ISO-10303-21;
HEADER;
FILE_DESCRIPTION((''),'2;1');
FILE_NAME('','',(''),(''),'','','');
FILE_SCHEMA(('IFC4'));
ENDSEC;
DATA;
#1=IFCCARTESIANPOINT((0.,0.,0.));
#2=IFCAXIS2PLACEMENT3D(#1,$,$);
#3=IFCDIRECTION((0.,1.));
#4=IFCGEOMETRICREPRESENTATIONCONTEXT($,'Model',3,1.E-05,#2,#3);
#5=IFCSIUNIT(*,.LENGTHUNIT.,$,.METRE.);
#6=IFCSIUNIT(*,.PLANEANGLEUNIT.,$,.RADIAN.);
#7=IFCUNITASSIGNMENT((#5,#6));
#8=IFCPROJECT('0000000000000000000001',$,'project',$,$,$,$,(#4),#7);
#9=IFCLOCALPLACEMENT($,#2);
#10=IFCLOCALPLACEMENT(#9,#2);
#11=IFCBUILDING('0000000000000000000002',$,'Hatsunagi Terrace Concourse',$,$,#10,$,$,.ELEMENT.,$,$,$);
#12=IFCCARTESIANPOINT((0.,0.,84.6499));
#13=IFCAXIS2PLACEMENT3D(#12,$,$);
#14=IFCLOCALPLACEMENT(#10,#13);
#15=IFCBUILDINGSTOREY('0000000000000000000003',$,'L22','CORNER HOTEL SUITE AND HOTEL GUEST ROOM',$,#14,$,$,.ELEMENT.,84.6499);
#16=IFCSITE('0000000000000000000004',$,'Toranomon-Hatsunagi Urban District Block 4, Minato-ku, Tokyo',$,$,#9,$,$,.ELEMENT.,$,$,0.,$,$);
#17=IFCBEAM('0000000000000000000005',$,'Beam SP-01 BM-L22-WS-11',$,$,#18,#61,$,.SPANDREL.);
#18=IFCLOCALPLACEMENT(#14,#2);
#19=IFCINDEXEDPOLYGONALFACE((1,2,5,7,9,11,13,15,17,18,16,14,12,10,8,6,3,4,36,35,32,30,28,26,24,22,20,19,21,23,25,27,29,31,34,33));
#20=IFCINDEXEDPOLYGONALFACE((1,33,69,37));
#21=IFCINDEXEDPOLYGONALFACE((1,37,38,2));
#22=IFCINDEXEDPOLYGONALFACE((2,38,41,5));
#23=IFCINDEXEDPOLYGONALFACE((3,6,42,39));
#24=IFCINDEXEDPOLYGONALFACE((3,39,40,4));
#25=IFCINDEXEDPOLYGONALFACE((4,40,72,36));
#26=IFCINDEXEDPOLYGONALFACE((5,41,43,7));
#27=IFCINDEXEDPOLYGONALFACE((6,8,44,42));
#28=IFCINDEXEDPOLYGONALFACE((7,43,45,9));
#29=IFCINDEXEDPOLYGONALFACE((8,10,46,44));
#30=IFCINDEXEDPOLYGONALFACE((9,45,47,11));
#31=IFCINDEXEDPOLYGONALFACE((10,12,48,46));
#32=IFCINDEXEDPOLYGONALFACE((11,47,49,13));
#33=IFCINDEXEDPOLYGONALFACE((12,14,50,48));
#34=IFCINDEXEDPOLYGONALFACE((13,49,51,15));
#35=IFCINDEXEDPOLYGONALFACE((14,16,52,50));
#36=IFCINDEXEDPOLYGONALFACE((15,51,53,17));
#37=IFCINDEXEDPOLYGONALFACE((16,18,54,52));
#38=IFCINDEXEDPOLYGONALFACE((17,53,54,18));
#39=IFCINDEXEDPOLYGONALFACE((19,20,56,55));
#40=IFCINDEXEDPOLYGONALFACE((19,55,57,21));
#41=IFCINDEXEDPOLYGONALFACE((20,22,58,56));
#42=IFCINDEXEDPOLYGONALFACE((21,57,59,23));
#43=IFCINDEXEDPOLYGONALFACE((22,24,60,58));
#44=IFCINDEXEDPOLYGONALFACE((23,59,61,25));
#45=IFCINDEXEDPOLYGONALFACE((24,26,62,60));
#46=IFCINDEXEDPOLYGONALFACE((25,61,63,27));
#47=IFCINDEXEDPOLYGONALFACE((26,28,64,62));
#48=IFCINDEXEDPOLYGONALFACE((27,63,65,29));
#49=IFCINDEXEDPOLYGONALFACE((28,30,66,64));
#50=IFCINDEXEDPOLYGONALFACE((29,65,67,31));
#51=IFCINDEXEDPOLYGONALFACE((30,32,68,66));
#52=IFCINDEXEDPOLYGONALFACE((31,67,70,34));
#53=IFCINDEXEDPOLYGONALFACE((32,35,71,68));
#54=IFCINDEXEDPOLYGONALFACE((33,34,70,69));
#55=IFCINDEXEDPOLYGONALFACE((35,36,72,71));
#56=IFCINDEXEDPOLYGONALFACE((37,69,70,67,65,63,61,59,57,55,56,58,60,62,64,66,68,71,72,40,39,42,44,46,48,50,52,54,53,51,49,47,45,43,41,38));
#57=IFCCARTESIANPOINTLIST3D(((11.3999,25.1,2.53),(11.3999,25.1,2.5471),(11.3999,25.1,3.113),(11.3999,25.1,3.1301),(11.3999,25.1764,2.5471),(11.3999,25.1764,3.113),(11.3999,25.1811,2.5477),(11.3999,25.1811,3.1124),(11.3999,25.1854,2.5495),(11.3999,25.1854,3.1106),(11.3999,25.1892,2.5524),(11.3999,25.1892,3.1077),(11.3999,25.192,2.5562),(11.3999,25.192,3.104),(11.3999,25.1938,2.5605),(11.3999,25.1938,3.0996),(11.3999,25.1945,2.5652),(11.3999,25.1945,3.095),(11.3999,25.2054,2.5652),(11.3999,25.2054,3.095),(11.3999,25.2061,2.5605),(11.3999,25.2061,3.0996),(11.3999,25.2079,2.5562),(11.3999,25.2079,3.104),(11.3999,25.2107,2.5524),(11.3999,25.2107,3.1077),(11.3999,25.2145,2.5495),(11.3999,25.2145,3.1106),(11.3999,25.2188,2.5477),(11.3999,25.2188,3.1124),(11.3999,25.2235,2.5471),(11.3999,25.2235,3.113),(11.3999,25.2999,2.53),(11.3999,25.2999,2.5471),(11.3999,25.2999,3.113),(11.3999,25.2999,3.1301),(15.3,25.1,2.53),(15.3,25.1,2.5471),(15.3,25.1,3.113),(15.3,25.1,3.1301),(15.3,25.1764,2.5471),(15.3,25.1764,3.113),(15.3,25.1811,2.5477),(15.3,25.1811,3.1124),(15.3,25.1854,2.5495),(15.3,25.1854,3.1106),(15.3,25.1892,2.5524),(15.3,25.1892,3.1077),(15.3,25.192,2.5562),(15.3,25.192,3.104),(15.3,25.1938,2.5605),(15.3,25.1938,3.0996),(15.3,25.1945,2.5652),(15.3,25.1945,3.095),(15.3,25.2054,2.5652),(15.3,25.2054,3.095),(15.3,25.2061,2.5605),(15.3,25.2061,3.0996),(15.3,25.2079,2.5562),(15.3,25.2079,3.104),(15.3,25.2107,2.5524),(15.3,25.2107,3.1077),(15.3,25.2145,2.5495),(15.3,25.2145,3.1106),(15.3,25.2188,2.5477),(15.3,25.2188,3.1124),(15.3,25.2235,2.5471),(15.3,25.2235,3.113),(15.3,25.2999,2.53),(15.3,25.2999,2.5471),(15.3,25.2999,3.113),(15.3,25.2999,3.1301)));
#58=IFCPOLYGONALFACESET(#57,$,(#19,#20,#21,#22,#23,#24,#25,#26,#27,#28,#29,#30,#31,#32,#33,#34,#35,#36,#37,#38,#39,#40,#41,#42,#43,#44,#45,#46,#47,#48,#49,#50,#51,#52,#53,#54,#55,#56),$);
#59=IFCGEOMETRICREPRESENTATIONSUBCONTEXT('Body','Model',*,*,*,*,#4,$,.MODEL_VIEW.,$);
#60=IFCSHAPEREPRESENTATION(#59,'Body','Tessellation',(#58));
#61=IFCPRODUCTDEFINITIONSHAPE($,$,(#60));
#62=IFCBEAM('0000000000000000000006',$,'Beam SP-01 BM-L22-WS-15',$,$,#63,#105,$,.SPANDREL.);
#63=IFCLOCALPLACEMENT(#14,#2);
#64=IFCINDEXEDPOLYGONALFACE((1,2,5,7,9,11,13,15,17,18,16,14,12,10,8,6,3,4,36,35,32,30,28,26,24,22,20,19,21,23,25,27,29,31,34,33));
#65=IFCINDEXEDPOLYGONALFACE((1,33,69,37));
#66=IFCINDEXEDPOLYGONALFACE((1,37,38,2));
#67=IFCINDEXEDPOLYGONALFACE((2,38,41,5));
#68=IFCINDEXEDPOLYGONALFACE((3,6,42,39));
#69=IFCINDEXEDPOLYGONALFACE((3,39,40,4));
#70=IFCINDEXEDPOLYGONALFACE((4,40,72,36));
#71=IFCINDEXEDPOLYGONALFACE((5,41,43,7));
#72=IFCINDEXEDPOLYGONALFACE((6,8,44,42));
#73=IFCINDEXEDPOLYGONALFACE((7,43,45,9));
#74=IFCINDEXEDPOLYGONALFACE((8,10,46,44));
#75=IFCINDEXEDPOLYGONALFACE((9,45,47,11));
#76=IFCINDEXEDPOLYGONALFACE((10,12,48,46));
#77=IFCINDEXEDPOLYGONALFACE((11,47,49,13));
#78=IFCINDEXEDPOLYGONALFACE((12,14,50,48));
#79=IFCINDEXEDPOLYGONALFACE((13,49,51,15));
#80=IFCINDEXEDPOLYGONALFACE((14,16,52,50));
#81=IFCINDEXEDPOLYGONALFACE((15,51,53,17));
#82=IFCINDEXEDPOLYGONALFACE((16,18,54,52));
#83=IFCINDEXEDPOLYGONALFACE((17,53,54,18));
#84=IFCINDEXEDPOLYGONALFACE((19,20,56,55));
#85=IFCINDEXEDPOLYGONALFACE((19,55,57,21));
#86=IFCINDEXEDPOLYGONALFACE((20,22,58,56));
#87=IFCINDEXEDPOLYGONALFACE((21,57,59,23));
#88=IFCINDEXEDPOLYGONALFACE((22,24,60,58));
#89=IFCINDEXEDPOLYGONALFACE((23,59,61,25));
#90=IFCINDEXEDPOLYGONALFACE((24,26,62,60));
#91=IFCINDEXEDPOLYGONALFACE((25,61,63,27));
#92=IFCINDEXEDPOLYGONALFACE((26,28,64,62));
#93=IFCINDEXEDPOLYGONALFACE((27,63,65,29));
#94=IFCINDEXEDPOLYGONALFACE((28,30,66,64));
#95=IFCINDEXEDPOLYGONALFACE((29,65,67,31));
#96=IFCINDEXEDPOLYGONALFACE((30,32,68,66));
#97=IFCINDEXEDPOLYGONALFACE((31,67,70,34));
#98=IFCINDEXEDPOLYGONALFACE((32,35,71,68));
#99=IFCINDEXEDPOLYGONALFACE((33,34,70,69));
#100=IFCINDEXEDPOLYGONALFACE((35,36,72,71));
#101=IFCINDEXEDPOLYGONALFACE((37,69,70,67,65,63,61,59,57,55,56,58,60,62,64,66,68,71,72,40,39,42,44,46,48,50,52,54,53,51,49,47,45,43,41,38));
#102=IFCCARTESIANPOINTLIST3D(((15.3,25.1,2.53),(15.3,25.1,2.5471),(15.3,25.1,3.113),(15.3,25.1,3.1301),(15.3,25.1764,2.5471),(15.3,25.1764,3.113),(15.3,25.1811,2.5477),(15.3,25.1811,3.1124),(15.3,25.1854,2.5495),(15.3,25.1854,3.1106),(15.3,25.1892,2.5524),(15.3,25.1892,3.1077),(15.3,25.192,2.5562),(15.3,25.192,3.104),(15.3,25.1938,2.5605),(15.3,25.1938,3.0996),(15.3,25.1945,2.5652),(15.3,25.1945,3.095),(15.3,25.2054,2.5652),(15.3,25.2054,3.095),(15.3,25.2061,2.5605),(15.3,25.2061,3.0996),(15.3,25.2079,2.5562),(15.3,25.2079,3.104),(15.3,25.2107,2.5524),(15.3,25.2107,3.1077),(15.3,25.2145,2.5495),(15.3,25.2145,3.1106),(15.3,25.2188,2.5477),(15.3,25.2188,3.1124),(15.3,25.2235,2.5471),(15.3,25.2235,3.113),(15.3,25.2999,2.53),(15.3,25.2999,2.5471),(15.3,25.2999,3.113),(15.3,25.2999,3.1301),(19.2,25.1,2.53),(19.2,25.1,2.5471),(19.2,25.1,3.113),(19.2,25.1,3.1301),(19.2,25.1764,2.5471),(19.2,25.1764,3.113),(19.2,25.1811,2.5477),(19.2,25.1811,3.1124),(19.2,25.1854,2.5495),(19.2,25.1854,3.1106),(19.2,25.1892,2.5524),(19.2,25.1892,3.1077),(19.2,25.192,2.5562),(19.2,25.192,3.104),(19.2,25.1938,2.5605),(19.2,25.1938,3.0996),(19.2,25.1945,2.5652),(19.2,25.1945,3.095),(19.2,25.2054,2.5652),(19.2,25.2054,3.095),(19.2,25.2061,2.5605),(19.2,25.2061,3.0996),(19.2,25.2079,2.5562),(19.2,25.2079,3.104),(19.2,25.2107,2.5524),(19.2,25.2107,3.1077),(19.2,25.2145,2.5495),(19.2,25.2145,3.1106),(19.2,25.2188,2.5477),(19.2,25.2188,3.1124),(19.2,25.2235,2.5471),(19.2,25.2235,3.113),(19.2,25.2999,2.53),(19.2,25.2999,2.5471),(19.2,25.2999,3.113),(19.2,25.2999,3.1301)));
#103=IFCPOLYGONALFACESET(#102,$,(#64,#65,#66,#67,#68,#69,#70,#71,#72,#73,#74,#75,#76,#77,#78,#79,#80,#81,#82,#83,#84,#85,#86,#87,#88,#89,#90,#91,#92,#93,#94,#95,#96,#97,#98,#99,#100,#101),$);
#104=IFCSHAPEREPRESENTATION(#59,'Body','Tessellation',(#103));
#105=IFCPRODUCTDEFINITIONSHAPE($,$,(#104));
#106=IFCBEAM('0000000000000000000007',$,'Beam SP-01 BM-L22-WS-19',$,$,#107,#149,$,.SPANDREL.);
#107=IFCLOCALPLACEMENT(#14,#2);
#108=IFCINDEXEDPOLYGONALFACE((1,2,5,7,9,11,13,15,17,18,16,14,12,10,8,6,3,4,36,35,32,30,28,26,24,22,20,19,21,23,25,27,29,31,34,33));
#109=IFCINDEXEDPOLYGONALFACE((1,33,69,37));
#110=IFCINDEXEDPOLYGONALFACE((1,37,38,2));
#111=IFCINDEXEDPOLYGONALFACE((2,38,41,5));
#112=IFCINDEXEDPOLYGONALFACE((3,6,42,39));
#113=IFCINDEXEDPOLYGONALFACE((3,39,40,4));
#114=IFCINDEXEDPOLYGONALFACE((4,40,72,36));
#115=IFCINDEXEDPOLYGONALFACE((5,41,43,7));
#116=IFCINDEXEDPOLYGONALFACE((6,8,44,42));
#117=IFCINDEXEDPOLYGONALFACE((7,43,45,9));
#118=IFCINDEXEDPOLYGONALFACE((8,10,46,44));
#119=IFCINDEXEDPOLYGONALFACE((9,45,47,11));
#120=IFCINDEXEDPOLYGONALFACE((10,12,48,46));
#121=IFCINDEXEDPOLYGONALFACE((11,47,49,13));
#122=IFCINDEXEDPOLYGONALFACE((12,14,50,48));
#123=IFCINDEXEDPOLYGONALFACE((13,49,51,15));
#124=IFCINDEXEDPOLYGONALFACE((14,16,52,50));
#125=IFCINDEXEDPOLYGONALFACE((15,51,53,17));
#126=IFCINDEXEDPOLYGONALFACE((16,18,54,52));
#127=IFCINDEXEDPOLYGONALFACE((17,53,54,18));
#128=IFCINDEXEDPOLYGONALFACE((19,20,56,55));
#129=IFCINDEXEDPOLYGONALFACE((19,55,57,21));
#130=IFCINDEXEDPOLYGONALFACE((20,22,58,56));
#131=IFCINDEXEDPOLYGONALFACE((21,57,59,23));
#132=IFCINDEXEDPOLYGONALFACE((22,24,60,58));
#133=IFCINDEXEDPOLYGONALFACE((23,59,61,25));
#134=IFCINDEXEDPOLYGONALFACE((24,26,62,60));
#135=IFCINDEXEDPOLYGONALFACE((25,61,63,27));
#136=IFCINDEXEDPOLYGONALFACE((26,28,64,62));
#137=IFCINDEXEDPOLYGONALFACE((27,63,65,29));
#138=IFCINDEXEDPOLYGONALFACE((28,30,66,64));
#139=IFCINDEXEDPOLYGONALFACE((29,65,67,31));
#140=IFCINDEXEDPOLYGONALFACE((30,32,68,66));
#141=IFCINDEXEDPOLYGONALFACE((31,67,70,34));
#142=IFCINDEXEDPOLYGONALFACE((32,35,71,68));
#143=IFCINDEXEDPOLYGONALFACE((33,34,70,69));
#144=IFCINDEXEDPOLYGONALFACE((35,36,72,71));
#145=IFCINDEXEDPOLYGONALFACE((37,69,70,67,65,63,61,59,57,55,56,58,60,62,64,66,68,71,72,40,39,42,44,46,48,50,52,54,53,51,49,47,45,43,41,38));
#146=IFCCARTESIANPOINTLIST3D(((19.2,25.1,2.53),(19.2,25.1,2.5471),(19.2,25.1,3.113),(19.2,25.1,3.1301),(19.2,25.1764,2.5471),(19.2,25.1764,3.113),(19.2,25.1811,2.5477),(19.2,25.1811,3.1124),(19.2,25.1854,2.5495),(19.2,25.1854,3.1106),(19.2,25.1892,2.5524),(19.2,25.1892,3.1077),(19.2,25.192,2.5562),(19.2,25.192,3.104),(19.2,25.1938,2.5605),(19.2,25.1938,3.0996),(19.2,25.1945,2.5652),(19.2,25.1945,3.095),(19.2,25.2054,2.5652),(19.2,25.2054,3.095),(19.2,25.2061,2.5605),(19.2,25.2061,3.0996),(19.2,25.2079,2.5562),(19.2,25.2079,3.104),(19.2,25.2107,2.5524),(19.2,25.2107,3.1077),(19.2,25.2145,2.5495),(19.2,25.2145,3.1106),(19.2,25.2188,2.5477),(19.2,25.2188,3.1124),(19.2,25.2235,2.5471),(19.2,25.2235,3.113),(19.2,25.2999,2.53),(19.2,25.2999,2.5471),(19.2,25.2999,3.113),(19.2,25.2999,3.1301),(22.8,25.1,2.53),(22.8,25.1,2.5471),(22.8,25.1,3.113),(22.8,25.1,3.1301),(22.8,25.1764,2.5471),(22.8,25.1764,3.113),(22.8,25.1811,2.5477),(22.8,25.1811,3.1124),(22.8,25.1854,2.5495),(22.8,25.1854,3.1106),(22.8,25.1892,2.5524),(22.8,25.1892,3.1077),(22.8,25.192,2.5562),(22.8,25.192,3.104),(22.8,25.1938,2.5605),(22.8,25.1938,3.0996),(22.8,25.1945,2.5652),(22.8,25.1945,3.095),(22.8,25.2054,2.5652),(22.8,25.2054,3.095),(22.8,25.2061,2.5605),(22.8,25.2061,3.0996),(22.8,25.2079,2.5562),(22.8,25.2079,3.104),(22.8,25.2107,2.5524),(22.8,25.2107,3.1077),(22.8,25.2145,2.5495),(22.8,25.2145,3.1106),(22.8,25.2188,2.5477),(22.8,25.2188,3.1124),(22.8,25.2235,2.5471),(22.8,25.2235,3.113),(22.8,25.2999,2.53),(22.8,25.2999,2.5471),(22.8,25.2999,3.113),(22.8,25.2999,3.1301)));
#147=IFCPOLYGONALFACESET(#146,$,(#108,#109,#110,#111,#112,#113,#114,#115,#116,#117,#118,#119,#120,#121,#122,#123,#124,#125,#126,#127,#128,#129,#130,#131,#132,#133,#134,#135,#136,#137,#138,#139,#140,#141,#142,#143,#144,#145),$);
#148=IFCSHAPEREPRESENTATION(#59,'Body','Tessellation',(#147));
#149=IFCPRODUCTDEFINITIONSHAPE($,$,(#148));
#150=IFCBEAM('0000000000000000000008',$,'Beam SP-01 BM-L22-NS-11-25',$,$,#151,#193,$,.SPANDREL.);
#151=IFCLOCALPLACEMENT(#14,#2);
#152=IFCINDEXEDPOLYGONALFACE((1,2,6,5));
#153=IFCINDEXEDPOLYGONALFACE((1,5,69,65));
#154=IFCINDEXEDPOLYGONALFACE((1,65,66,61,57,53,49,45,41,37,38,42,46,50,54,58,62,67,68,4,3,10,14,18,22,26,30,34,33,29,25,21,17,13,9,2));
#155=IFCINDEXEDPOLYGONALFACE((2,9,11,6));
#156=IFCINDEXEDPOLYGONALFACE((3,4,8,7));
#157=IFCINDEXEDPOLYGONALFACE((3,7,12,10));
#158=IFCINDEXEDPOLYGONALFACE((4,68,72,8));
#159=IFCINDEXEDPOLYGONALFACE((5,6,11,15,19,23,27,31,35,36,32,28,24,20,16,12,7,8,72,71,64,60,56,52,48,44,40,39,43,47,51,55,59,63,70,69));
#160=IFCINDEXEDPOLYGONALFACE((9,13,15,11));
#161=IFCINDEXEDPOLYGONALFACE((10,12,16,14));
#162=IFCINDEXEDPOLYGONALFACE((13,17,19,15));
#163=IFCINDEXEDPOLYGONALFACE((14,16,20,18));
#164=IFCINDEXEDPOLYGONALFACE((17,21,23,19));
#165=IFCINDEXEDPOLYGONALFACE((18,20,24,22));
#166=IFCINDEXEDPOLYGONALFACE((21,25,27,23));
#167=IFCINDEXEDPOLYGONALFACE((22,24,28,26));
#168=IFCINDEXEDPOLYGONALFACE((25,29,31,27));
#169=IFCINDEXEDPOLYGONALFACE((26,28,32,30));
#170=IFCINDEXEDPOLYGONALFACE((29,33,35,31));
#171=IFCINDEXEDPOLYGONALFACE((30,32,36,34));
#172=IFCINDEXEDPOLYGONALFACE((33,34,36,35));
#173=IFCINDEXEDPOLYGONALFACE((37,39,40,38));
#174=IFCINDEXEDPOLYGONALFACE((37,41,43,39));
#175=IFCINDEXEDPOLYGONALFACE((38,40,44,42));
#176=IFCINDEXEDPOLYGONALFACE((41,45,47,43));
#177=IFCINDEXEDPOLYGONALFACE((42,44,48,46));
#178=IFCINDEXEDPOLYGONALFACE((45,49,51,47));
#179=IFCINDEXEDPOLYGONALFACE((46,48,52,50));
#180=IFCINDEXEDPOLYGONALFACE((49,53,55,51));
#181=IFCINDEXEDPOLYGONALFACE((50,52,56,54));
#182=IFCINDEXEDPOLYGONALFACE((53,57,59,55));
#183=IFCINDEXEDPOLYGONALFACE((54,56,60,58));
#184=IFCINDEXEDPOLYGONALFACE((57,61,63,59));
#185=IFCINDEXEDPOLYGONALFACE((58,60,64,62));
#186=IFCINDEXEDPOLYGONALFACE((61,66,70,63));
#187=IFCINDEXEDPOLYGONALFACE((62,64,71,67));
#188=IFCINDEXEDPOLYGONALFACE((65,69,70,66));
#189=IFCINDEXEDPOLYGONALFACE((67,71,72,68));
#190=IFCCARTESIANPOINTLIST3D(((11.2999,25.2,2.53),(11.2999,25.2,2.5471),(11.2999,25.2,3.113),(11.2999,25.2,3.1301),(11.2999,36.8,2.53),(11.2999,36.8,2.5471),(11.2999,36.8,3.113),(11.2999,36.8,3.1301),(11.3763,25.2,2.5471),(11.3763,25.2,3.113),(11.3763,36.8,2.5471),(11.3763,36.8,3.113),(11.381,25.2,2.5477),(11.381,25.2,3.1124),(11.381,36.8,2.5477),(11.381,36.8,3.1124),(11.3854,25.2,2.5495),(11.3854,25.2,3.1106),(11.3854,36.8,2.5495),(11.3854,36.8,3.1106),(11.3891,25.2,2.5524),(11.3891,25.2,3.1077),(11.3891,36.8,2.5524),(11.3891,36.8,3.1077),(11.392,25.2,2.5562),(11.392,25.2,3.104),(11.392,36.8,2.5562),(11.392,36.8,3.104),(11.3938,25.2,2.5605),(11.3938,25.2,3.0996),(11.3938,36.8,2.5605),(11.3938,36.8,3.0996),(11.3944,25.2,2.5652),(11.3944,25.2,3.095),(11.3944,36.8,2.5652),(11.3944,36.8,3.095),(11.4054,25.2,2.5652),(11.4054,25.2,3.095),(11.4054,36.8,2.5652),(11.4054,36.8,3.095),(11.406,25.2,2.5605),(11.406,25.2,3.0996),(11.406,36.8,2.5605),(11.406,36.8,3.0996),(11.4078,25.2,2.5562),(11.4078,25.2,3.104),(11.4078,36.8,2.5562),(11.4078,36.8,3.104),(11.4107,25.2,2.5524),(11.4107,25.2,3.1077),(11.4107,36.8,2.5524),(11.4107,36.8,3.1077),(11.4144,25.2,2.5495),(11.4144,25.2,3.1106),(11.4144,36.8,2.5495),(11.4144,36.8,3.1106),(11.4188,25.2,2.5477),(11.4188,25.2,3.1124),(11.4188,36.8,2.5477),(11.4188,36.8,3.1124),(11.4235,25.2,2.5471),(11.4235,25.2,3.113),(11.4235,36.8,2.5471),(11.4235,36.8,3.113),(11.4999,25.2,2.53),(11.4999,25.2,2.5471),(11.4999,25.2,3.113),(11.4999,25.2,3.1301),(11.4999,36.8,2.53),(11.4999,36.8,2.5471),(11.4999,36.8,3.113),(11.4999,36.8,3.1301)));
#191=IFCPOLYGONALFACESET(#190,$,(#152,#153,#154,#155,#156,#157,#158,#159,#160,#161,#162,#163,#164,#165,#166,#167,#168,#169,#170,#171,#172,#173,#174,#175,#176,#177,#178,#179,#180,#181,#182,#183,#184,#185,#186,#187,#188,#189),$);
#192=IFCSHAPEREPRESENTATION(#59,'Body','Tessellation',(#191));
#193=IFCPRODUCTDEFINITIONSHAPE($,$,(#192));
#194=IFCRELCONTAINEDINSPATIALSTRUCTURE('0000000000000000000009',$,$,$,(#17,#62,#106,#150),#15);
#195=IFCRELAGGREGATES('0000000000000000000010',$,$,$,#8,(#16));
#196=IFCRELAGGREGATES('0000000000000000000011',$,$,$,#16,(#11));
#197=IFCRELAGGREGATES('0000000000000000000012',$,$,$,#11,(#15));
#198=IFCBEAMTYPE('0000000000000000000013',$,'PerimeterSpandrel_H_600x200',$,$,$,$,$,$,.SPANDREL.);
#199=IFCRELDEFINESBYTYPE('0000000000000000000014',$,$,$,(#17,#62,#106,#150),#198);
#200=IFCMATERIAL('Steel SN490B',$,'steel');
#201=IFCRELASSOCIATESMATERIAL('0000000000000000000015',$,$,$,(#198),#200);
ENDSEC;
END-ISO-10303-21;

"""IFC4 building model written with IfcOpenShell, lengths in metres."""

from ifc_helpers import new_model, si_unit, direction, frame, origin, origin_2d, place, context, subcontext, project, spatial, i_section, extrude, material, material_profile, profile_set, type_object, element, save


model = new_model("IFC4")

# Units and contexts
model_context = context("Model", 3, precision=1e-05, world=origin(), true_north=direction((0.0, 1.0)))
body_context = subcontext(model_context, "Body", "Model", "MODEL_VIEW")
ifc_project = project(units=[si_unit("LENGTHUNIT", "METRE"), si_unit("PLANEANGLEUNIT", "RADIAN")], contexts=[model_context])

# Site, building, storey
site_placement = place(None, origin())
site = spatial("IfcSite", under=ifc_project, at=site_placement, Name="Toranomon-Hatsunagi Urban District Block 4, Minato-ku, Tokyo", CompositionType="ELEMENT", RefElevation=0.0)
building_placement = place(site_placement, origin())
building = spatial("IfcBuilding", under=site, at=building_placement, Name="Hatsunagi Terrace Concourse", CompositionType="ELEMENT")
storey_placement = place(building_placement, frame((0.0, 0.0, 84.6499)))
storey = spatial("IfcBuildingStorey", under=building, at=storey_placement, Name="L22", Description="CORNER HOTEL SUITE AND HOTEL GUEST ROOM", CompositionType="ELEMENT", Elevation=84.6499)

# Beams
ifc_material_1 = material(Name="Steel SN490B", Category="steel")
ifc_material_profile_1 = material_profile(ifc_material_1, i_section(OverallWidth=0.2, OverallDepth=0.6001, WebThickness=0.011, FlangeThickness=0.0171, FilletRadius=0.0181, at=origin_2d()), Name="H-600x200x11x17")
ifc_profile_set_1 = profile_set([ifc_material_profile_1], Name="Steel SN490B")
beam_type_1 = type_object("IfcBeamType", Name="PerimeterSpandrel_H_600x200", PredefinedType="SPANDREL", material=ifc_profile_set_1)
beam_1_placement = place(storey_placement, frame((11.3999, 25.2, 2.8301), z_axis=(1.0, 0.0, 0.0), x_axis=(0.0, 1.0, 0.0)))
element("IfcBeam", 1, at=beam_1_placement, inside=storey, type_object=beam_type_1, Name="Beam SP-01 BM-L22-WS-11", PredefinedType="SPANDREL", context=body_context, shape_type="SweptSolid", body=[
    extrude(i_section(OverallWidth=0.2, OverallDepth=0.6001, WebThickness=0.011, FlangeThickness=0.0171, FilletRadius=0.0181, at=origin_2d()), origin(), (0.0, 0.0, 1.0), 3.9001),
])
beam_2_placement = place(storey_placement, frame((15.3, 25.2, 2.8301), z_axis=(1.0, 0.0, 0.0), x_axis=(0.0, 1.0, 0.0)))
element("IfcBeam", 2, at=beam_2_placement, inside=storey, type_object=beam_type_1, Name="Beam SP-01 BM-L22-WS-15", PredefinedType="SPANDREL", context=body_context, shape_type="SweptSolid", body=[
    extrude(i_section(OverallWidth=0.2, OverallDepth=0.6001, WebThickness=0.011, FlangeThickness=0.0171, FilletRadius=0.0181, at=origin_2d()), origin(), (0.0, 0.0, 1.0), 3.8999),
])
beam_3_placement = place(storey_placement, frame((19.2, 25.2, 2.8301), z_axis=(1.0, 0.0, 0.0), x_axis=(0.0, 1.0, 0.0)))
element("IfcBeam", 3, at=beam_3_placement, inside=storey, type_object=beam_type_1, Name="Beam SP-01 BM-L22-WS-19", PredefinedType="SPANDREL", context=body_context, shape_type="SweptSolid", body=[
    extrude(i_section(OverallWidth=0.2, OverallDepth=0.6001, WebThickness=0.011, FlangeThickness=0.0171, FilletRadius=0.0181, at=origin_2d()), origin(), (0.0, 0.0, 1.0), 3.6001),
])
beam_4_placement = place(storey_placement, frame((11.3999, 25.2, 2.8301), z_axis=(0.0, 1.0, 0.0), x_axis=(-1.0, 0.0, 0.0)))
element("IfcBeam", 4, at=beam_4_placement, inside=storey, type_object=beam_type_1, Name="Beam SP-01 BM-L22-NS-11-25", PredefinedType="SPANDREL", context=body_context, shape_type="SweptSolid", body=[
    extrude(i_section(OverallWidth=0.2, OverallDepth=0.6001, WebThickness=0.011, FlangeThickness=0.0171, FilletRadius=0.0181, at=origin_2d()), origin(), (0.0, 0.0, 1.0), 11.6001),
])

save(model, "model.ifc")
